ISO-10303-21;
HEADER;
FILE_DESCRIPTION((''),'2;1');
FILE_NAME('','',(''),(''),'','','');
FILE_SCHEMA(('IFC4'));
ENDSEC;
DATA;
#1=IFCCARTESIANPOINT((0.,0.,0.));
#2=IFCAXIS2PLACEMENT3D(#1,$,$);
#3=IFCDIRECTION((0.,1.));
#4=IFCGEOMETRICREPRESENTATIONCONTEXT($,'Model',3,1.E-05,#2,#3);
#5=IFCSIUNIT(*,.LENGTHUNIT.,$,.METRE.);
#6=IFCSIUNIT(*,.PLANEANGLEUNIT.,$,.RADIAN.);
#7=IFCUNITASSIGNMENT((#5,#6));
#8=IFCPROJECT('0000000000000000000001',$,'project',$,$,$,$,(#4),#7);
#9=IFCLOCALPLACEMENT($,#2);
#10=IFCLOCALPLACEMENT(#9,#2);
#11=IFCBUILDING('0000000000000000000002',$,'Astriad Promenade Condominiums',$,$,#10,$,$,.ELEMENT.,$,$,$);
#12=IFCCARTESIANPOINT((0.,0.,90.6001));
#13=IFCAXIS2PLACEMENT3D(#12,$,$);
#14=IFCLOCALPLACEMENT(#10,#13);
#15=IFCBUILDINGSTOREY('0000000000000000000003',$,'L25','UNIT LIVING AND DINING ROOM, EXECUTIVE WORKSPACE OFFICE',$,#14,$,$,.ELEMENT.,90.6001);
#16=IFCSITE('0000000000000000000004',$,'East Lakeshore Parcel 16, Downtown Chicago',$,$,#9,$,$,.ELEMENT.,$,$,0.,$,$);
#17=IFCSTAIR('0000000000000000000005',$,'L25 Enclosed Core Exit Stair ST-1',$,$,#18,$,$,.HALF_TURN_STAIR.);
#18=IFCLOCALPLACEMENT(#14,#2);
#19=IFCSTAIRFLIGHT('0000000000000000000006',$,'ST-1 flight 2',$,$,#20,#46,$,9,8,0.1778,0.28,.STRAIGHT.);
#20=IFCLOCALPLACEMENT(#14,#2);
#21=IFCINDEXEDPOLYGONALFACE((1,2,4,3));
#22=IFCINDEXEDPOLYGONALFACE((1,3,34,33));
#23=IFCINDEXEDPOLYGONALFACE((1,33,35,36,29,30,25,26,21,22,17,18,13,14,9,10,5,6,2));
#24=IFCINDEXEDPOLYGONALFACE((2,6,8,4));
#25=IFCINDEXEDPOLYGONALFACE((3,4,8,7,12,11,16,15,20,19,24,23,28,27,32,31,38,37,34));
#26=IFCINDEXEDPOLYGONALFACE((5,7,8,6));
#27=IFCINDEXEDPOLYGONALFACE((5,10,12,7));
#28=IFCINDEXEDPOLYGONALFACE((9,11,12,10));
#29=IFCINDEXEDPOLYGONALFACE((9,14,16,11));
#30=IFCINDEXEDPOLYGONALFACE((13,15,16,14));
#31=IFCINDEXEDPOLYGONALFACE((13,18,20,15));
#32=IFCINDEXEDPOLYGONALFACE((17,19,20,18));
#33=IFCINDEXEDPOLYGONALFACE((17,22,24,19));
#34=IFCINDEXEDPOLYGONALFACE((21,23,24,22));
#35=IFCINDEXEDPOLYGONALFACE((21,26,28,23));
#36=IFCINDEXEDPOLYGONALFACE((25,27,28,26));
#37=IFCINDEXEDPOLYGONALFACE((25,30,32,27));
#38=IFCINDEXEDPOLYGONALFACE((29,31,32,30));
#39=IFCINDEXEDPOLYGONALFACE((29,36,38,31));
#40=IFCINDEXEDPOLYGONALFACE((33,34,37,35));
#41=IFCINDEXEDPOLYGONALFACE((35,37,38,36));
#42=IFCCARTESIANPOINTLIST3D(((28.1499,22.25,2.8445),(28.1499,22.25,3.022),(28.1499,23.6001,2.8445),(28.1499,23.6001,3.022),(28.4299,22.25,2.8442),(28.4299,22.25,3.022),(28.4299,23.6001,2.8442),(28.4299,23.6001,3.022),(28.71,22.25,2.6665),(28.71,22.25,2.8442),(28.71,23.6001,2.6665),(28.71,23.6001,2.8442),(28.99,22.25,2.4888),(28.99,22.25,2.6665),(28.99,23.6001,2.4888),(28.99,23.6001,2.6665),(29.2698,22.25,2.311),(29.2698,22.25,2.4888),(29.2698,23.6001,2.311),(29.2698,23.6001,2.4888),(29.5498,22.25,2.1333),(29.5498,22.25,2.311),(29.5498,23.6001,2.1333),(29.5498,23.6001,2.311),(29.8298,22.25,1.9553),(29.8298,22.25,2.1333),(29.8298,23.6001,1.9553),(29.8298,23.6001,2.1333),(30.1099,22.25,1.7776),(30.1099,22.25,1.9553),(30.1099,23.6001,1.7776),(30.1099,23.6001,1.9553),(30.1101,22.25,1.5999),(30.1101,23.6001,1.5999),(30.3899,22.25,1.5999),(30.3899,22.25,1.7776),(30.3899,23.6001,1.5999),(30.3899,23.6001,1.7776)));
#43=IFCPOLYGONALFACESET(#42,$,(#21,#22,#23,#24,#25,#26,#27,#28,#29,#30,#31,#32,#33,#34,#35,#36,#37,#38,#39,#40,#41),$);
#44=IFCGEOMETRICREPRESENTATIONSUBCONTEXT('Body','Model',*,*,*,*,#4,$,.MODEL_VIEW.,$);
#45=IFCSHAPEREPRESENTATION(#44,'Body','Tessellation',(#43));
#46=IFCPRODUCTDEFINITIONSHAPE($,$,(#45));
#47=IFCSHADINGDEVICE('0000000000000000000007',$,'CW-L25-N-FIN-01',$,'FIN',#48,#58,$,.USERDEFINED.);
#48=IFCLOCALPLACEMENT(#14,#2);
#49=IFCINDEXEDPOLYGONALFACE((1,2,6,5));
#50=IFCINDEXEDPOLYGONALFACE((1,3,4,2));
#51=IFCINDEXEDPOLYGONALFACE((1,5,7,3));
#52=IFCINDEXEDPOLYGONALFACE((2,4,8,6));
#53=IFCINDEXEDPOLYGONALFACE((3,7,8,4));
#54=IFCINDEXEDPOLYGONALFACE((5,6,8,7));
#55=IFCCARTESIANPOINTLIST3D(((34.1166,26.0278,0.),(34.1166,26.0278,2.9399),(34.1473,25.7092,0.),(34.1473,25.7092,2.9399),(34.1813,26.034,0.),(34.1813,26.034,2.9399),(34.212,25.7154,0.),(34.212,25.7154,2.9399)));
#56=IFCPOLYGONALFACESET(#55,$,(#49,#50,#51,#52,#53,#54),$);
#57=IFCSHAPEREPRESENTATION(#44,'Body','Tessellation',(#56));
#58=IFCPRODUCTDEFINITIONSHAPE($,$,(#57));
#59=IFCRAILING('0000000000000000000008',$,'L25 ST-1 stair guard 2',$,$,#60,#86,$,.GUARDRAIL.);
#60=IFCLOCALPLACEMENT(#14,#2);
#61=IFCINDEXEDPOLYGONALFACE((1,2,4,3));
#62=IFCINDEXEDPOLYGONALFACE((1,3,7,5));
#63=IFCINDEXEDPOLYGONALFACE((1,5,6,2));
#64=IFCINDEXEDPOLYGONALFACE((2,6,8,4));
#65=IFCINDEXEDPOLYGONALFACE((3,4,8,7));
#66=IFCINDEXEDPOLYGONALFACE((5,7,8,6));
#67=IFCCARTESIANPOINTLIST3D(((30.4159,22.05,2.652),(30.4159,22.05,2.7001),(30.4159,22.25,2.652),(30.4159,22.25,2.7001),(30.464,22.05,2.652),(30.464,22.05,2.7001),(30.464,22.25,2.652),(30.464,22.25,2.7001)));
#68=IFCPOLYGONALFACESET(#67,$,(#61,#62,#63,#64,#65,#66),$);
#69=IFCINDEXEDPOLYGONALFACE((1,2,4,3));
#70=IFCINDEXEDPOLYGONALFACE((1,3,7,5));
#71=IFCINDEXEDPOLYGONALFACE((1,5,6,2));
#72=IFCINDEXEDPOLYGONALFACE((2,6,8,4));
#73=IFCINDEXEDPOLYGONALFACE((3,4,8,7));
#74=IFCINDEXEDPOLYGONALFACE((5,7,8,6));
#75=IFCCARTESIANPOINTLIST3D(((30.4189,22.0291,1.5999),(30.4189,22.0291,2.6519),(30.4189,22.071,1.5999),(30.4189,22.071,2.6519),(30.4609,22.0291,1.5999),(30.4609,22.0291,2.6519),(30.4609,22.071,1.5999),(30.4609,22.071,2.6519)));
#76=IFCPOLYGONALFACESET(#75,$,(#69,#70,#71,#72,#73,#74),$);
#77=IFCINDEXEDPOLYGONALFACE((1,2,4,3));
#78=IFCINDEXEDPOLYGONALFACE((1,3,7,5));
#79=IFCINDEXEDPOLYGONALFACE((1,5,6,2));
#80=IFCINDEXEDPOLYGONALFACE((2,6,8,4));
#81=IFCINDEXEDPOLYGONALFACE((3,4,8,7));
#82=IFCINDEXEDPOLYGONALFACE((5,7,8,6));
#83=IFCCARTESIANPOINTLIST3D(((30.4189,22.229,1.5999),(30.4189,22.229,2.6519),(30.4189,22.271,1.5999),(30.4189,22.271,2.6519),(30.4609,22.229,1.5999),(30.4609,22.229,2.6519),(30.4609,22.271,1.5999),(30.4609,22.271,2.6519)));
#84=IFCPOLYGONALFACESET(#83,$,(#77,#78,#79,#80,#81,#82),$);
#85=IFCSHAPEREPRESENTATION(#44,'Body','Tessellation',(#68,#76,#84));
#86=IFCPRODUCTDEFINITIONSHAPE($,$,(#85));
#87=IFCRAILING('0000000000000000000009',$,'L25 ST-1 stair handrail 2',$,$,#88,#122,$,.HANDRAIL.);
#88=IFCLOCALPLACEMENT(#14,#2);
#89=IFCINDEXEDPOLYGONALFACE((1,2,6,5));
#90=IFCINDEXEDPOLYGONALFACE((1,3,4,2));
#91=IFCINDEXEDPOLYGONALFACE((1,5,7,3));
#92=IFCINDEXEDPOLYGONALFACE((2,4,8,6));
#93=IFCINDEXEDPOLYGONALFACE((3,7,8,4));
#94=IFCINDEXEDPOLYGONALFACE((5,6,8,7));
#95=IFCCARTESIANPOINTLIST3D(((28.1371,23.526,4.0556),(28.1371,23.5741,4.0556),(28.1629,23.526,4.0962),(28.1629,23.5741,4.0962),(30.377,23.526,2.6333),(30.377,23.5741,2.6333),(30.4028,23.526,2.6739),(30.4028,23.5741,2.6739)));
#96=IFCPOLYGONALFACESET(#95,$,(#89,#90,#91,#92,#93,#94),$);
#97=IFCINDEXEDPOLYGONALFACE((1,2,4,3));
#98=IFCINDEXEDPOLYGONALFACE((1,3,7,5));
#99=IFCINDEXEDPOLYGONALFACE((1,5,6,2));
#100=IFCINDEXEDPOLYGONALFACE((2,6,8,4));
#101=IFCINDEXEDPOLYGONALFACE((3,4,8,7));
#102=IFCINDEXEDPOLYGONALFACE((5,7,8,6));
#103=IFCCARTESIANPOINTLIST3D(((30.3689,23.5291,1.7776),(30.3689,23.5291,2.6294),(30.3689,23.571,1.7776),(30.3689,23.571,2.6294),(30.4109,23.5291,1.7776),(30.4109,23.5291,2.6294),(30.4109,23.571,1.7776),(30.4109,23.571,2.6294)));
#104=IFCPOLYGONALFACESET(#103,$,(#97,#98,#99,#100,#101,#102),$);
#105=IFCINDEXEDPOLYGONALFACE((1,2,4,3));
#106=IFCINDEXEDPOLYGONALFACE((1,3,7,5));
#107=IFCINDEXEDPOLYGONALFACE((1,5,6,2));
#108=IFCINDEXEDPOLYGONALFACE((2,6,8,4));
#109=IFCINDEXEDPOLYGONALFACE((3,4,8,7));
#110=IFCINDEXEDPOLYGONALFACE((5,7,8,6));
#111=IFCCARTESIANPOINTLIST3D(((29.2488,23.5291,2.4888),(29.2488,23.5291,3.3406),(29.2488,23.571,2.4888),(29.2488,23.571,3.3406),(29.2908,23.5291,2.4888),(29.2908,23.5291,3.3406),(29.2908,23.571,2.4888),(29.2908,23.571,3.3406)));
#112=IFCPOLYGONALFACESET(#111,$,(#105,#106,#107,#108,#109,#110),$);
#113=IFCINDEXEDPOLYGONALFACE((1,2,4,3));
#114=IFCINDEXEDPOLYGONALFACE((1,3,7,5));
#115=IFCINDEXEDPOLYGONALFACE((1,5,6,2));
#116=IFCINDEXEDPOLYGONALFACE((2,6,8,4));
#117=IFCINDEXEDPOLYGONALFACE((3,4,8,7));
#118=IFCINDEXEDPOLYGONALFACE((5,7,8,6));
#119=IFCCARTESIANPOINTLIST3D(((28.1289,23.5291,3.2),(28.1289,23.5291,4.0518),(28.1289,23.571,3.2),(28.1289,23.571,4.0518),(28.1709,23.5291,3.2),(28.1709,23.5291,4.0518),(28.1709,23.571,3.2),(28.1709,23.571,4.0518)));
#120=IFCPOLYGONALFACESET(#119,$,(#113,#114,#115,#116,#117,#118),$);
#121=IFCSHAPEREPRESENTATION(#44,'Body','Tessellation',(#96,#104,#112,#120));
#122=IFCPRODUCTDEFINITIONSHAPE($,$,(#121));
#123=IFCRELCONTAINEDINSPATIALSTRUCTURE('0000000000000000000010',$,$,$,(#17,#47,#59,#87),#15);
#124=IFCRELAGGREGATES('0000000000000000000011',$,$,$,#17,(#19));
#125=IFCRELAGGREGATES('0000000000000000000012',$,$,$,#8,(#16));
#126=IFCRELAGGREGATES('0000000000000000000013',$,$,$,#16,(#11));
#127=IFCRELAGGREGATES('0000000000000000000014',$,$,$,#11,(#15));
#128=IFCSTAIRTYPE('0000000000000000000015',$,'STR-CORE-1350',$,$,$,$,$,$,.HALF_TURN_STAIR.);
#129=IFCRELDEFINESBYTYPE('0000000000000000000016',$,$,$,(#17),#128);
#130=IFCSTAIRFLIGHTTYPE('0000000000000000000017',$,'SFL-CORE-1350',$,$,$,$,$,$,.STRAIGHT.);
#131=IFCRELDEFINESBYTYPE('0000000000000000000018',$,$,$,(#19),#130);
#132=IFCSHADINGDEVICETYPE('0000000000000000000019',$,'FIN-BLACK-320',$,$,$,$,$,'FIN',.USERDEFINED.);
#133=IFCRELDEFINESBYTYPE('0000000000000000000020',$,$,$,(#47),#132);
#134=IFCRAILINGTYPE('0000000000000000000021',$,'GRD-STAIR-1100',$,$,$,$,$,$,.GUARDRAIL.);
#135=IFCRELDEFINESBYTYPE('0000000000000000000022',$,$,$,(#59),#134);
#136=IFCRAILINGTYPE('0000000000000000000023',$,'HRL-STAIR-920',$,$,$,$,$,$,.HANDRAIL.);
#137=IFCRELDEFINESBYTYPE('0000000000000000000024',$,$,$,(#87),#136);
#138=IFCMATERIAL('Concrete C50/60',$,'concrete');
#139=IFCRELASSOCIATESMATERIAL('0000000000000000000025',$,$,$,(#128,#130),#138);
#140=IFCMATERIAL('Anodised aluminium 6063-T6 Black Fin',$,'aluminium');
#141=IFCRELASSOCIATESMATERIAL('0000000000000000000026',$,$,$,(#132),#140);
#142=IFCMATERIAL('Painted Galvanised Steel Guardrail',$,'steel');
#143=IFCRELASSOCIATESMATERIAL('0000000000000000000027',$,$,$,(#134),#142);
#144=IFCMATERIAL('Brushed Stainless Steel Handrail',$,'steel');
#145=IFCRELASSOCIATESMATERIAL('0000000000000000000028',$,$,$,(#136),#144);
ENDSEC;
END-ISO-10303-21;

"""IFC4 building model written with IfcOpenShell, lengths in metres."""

from ifc_helpers import new_model, si_unit, direction, frame, origin, origin_2d, place, context, subcontext, project, spatial, polyline, rectangle, outline, extrude, source, transform, mapped, material, type_object, type_shapes, element, aggregate, save


model = new_model("IFC4")

# Units and contexts
model_context = context("Model", 3, precision=1e-05, world=origin(), true_north=direction((0.0, 1.0)))
body_context = subcontext(model_context, "Body", "Model", "MODEL_VIEW")
ifc_project = project(units=[si_unit("LENGTHUNIT", "METRE"), si_unit("PLANEANGLEUNIT", "RADIAN")], contexts=[model_context])

# Site, building, storey
site_placement = place(None, origin())
site = spatial("IfcSite", under=ifc_project, at=site_placement, Name="East Lakeshore Parcel 16, Downtown Chicago", CompositionType="ELEMENT", RefElevation=0.0)
building_placement = place(site_placement, origin())
building = spatial("IfcBuilding", under=site, at=building_placement, Name="Astriad Promenade Condominiums", CompositionType="ELEMENT")
storey_placement = place(building_placement, frame((0.0, 0.0, 90.6001)))
storey = spatial("IfcBuildingStorey", under=building, at=storey_placement, Name="L25", Description="UNIT LIVING AND DINING ROOM, EXECUTIVE WORKSPACE OFFICE", CompositionType="ELEMENT", Elevation=90.6001)

# Shared definitions
ifc_material_1 = material(Name="Concrete C50/60", Category="concrete")

# Stair, stair flight
stair_type = type_object("IfcStairType", Name="STR-CORE-1350", PredefinedType="HALF_TURN_STAIR", material=ifc_material_1)
stair_placement = place(storey_placement, origin())
stair = element("IfcStair", 1, at=stair_placement, inside=storey, type_object=stair_type, Name="L25 Enclosed Core Exit Stair ST-1", PredefinedType="HALF_TURN_STAIR")
stair_flight_type = type_object("IfcStairFlightType", Name="SFL-CORE-1350", PredefinedType="STRAIGHT", material=ifc_material_1)
shared_shape_1 = source(origin(), body_context, "Body", "SweptSolid", [
    extrude(outline(polyline([(0.0, 0.0), (0.0, 0.1777), (0.28, 0.1777), (0.28, 0.3555), (0.5601, 0.3555), (0.5601, 0.5334), (0.8401, 0.5334), (0.8401, 0.7112), (1.1201, 0.7112), (1.1201, 0.8889), (1.3999, 0.8889), (1.3999, 1.0667), (1.6799, 1.0667), (1.6799, 1.2444), (1.96, 1.2444), (1.96, 1.4221), (2.24, 1.4221), (2.24, 1.6001), (2.24, 1.2446), (0.2798, 0.0), (0.0, 0.0)])), frame((0.0, 0.675, 0.0), z_axis=(0.0, -1.0, 0.0), x_axis=(1.0, 0.0, 0.0)), (0.0, 0.0, 1.0), 1.3501),
])
type_shapes(stair_flight_type, [shared_shape_1])
stair_flight_placement = place(storey_placement, frame((30.3899, 22.925, 1.5999), z_axis=(0.0, 0.0, 1.0), x_axis=(-1.0, 0.0, 0.0)))
stair_flight = element("IfcStairFlight", 2, at=stair_flight_placement, type_object=stair_flight_type, Name="ST-1 flight 2", NumberOfRisers=9, NumberOfTreads=8, PredefinedType="STRAIGHT", RiserHeight=0.1778, TreadLength=0.28, context=body_context, shape_type="MappedRepresentation", body=[
    mapped(shared_shape_1, transform((0.0, 0.0, 0.0), scale=1.0)),
])
aggregate(stair, [stair_flight])

# Shading device
ifc_material_2 = material(Name="Anodised aluminium 6063-T6 Black Fin", Category="aluminium")
shading_device_type = type_object("IfcShadingDeviceType", Name="FIN-BLACK-320", ElementType="FIN", PredefinedType="USERDEFINED", material=ifc_material_2)
shared_shape_2 = source(origin(), body_context, "Body", "SweptSolid", [
    extrude(rectangle(XDim=0.0649, YDim=0.3201, at=origin_2d()), origin(), (0.0, 0.0, 1.0), 2.9399),
])
type_shapes(shading_device_type, [shared_shape_2])
shading_device_placement = place(storey_placement, frame((34.1643, 25.8716, 0.0), z_axis=(0.0, 0.0, 1.0), x_axis=(0.995396, 0.095846, 0.0)))
element("IfcShadingDevice", 3, at=shading_device_placement, inside=storey, type_object=shading_device_type, Name="CW-L25-N-FIN-01", ObjectType="FIN", PredefinedType="USERDEFINED", context=body_context, shape_type="MappedRepresentation", body=[
    mapped(shared_shape_2, transform((0.0, 0.0, 0.0), scale=1.0)),
])

# Railings
ifc_material_3 = material(Name="Painted Galvanised Steel Guardrail", Category="steel")
railing_type_1 = type_object("IfcRailingType", Name="GRD-STAIR-1100", PredefinedType="GUARDRAIL", material=ifc_material_3)
shared_shape_3 = source(origin(), body_context, "Body", "SweptSolid", [
    extrude(rectangle(XDim=0.0481, YDim=0.0481, at=origin_2d()), frame((0.0, 0.0, 1.0762), z_axis=(0.0, 1.0, 0.0), x_axis=(-1.0, 0.0, 0.0)), (0.0, 0.0, 1.0), 0.2),
    extrude(rectangle(XDim=0.042, YDim=0.042, at=origin_2d()), origin(), (0.0, 0.0, 1.0), 1.052),
    extrude(rectangle(XDim=0.042, YDim=0.042, at=origin_2d()), frame((0.0, 0.2, 0.0)), (0.0, 0.0, 1.0), 1.052),
])
type_shapes(railing_type_1, [shared_shape_3])
railing_1_placement = place(storey_placement, frame((30.4399, 22.05, 1.5999)))
element("IfcRailing", 4, at=railing_1_placement, inside=storey, type_object=railing_type_1, Name="L25 ST-1 stair guard 2", PredefinedType="GUARDRAIL", context=body_context, shape_type="MappedRepresentation", body=[
    mapped(shared_shape_3, transform((0.0, 0.0, 0.0), scale=1.0)),
])
ifc_material_4 = material(Name="Brushed Stainless Steel Handrail", Category="steel")
railing_type_2 = type_object("IfcRailingType", Name="HRL-STAIR-920", PredefinedType="HANDRAIL", material=ifc_material_4)
shared_shape_4 = source(origin(), body_context, "Body", "SweptSolid", [
    extrude(rectangle(XDim=0.0481, YDim=0.0481, at=origin_2d()), frame((0.0, 0.0, 0.876), z_axis=(-0.844188, 0.0, 0.536048), x_axis=(0.0, -1.0, 0.0)), (0.0, 0.0, 1.0), 2.6533),
    extrude(rectangle(XDim=0.042, YDim=0.042, at=origin_2d()), origin(), (0.0, 0.0, 1.0), 0.8518),
    extrude(rectangle(XDim=0.042, YDim=0.042, at=origin_2d()), frame((-1.1201, 0.0, 0.7112)), (0.0, 0.0, 1.0), 0.8518),
    extrude(rectangle(XDim=0.042, YDim=0.042, at=origin_2d()), frame((-2.24, 0.0, 1.4224)), (0.0, 0.0, 1.0), 0.8518),
])
type_shapes(railing_type_2, [shared_shape_4])
railing_2_placement = place(storey_placement, frame((30.3899, 23.55, 1.7776)))
element("IfcRailing", 5, at=railing_2_placement, inside=storey, type_object=railing_type_2, Name="L25 ST-1 stair handrail 2", PredefinedType="HANDRAIL", context=body_context, shape_type="MappedRepresentation", body=[
    mapped(shared_shape_4, transform((0.0, 0.0, 0.0), scale=1.0)),
])

save(model, "model.ifc")
